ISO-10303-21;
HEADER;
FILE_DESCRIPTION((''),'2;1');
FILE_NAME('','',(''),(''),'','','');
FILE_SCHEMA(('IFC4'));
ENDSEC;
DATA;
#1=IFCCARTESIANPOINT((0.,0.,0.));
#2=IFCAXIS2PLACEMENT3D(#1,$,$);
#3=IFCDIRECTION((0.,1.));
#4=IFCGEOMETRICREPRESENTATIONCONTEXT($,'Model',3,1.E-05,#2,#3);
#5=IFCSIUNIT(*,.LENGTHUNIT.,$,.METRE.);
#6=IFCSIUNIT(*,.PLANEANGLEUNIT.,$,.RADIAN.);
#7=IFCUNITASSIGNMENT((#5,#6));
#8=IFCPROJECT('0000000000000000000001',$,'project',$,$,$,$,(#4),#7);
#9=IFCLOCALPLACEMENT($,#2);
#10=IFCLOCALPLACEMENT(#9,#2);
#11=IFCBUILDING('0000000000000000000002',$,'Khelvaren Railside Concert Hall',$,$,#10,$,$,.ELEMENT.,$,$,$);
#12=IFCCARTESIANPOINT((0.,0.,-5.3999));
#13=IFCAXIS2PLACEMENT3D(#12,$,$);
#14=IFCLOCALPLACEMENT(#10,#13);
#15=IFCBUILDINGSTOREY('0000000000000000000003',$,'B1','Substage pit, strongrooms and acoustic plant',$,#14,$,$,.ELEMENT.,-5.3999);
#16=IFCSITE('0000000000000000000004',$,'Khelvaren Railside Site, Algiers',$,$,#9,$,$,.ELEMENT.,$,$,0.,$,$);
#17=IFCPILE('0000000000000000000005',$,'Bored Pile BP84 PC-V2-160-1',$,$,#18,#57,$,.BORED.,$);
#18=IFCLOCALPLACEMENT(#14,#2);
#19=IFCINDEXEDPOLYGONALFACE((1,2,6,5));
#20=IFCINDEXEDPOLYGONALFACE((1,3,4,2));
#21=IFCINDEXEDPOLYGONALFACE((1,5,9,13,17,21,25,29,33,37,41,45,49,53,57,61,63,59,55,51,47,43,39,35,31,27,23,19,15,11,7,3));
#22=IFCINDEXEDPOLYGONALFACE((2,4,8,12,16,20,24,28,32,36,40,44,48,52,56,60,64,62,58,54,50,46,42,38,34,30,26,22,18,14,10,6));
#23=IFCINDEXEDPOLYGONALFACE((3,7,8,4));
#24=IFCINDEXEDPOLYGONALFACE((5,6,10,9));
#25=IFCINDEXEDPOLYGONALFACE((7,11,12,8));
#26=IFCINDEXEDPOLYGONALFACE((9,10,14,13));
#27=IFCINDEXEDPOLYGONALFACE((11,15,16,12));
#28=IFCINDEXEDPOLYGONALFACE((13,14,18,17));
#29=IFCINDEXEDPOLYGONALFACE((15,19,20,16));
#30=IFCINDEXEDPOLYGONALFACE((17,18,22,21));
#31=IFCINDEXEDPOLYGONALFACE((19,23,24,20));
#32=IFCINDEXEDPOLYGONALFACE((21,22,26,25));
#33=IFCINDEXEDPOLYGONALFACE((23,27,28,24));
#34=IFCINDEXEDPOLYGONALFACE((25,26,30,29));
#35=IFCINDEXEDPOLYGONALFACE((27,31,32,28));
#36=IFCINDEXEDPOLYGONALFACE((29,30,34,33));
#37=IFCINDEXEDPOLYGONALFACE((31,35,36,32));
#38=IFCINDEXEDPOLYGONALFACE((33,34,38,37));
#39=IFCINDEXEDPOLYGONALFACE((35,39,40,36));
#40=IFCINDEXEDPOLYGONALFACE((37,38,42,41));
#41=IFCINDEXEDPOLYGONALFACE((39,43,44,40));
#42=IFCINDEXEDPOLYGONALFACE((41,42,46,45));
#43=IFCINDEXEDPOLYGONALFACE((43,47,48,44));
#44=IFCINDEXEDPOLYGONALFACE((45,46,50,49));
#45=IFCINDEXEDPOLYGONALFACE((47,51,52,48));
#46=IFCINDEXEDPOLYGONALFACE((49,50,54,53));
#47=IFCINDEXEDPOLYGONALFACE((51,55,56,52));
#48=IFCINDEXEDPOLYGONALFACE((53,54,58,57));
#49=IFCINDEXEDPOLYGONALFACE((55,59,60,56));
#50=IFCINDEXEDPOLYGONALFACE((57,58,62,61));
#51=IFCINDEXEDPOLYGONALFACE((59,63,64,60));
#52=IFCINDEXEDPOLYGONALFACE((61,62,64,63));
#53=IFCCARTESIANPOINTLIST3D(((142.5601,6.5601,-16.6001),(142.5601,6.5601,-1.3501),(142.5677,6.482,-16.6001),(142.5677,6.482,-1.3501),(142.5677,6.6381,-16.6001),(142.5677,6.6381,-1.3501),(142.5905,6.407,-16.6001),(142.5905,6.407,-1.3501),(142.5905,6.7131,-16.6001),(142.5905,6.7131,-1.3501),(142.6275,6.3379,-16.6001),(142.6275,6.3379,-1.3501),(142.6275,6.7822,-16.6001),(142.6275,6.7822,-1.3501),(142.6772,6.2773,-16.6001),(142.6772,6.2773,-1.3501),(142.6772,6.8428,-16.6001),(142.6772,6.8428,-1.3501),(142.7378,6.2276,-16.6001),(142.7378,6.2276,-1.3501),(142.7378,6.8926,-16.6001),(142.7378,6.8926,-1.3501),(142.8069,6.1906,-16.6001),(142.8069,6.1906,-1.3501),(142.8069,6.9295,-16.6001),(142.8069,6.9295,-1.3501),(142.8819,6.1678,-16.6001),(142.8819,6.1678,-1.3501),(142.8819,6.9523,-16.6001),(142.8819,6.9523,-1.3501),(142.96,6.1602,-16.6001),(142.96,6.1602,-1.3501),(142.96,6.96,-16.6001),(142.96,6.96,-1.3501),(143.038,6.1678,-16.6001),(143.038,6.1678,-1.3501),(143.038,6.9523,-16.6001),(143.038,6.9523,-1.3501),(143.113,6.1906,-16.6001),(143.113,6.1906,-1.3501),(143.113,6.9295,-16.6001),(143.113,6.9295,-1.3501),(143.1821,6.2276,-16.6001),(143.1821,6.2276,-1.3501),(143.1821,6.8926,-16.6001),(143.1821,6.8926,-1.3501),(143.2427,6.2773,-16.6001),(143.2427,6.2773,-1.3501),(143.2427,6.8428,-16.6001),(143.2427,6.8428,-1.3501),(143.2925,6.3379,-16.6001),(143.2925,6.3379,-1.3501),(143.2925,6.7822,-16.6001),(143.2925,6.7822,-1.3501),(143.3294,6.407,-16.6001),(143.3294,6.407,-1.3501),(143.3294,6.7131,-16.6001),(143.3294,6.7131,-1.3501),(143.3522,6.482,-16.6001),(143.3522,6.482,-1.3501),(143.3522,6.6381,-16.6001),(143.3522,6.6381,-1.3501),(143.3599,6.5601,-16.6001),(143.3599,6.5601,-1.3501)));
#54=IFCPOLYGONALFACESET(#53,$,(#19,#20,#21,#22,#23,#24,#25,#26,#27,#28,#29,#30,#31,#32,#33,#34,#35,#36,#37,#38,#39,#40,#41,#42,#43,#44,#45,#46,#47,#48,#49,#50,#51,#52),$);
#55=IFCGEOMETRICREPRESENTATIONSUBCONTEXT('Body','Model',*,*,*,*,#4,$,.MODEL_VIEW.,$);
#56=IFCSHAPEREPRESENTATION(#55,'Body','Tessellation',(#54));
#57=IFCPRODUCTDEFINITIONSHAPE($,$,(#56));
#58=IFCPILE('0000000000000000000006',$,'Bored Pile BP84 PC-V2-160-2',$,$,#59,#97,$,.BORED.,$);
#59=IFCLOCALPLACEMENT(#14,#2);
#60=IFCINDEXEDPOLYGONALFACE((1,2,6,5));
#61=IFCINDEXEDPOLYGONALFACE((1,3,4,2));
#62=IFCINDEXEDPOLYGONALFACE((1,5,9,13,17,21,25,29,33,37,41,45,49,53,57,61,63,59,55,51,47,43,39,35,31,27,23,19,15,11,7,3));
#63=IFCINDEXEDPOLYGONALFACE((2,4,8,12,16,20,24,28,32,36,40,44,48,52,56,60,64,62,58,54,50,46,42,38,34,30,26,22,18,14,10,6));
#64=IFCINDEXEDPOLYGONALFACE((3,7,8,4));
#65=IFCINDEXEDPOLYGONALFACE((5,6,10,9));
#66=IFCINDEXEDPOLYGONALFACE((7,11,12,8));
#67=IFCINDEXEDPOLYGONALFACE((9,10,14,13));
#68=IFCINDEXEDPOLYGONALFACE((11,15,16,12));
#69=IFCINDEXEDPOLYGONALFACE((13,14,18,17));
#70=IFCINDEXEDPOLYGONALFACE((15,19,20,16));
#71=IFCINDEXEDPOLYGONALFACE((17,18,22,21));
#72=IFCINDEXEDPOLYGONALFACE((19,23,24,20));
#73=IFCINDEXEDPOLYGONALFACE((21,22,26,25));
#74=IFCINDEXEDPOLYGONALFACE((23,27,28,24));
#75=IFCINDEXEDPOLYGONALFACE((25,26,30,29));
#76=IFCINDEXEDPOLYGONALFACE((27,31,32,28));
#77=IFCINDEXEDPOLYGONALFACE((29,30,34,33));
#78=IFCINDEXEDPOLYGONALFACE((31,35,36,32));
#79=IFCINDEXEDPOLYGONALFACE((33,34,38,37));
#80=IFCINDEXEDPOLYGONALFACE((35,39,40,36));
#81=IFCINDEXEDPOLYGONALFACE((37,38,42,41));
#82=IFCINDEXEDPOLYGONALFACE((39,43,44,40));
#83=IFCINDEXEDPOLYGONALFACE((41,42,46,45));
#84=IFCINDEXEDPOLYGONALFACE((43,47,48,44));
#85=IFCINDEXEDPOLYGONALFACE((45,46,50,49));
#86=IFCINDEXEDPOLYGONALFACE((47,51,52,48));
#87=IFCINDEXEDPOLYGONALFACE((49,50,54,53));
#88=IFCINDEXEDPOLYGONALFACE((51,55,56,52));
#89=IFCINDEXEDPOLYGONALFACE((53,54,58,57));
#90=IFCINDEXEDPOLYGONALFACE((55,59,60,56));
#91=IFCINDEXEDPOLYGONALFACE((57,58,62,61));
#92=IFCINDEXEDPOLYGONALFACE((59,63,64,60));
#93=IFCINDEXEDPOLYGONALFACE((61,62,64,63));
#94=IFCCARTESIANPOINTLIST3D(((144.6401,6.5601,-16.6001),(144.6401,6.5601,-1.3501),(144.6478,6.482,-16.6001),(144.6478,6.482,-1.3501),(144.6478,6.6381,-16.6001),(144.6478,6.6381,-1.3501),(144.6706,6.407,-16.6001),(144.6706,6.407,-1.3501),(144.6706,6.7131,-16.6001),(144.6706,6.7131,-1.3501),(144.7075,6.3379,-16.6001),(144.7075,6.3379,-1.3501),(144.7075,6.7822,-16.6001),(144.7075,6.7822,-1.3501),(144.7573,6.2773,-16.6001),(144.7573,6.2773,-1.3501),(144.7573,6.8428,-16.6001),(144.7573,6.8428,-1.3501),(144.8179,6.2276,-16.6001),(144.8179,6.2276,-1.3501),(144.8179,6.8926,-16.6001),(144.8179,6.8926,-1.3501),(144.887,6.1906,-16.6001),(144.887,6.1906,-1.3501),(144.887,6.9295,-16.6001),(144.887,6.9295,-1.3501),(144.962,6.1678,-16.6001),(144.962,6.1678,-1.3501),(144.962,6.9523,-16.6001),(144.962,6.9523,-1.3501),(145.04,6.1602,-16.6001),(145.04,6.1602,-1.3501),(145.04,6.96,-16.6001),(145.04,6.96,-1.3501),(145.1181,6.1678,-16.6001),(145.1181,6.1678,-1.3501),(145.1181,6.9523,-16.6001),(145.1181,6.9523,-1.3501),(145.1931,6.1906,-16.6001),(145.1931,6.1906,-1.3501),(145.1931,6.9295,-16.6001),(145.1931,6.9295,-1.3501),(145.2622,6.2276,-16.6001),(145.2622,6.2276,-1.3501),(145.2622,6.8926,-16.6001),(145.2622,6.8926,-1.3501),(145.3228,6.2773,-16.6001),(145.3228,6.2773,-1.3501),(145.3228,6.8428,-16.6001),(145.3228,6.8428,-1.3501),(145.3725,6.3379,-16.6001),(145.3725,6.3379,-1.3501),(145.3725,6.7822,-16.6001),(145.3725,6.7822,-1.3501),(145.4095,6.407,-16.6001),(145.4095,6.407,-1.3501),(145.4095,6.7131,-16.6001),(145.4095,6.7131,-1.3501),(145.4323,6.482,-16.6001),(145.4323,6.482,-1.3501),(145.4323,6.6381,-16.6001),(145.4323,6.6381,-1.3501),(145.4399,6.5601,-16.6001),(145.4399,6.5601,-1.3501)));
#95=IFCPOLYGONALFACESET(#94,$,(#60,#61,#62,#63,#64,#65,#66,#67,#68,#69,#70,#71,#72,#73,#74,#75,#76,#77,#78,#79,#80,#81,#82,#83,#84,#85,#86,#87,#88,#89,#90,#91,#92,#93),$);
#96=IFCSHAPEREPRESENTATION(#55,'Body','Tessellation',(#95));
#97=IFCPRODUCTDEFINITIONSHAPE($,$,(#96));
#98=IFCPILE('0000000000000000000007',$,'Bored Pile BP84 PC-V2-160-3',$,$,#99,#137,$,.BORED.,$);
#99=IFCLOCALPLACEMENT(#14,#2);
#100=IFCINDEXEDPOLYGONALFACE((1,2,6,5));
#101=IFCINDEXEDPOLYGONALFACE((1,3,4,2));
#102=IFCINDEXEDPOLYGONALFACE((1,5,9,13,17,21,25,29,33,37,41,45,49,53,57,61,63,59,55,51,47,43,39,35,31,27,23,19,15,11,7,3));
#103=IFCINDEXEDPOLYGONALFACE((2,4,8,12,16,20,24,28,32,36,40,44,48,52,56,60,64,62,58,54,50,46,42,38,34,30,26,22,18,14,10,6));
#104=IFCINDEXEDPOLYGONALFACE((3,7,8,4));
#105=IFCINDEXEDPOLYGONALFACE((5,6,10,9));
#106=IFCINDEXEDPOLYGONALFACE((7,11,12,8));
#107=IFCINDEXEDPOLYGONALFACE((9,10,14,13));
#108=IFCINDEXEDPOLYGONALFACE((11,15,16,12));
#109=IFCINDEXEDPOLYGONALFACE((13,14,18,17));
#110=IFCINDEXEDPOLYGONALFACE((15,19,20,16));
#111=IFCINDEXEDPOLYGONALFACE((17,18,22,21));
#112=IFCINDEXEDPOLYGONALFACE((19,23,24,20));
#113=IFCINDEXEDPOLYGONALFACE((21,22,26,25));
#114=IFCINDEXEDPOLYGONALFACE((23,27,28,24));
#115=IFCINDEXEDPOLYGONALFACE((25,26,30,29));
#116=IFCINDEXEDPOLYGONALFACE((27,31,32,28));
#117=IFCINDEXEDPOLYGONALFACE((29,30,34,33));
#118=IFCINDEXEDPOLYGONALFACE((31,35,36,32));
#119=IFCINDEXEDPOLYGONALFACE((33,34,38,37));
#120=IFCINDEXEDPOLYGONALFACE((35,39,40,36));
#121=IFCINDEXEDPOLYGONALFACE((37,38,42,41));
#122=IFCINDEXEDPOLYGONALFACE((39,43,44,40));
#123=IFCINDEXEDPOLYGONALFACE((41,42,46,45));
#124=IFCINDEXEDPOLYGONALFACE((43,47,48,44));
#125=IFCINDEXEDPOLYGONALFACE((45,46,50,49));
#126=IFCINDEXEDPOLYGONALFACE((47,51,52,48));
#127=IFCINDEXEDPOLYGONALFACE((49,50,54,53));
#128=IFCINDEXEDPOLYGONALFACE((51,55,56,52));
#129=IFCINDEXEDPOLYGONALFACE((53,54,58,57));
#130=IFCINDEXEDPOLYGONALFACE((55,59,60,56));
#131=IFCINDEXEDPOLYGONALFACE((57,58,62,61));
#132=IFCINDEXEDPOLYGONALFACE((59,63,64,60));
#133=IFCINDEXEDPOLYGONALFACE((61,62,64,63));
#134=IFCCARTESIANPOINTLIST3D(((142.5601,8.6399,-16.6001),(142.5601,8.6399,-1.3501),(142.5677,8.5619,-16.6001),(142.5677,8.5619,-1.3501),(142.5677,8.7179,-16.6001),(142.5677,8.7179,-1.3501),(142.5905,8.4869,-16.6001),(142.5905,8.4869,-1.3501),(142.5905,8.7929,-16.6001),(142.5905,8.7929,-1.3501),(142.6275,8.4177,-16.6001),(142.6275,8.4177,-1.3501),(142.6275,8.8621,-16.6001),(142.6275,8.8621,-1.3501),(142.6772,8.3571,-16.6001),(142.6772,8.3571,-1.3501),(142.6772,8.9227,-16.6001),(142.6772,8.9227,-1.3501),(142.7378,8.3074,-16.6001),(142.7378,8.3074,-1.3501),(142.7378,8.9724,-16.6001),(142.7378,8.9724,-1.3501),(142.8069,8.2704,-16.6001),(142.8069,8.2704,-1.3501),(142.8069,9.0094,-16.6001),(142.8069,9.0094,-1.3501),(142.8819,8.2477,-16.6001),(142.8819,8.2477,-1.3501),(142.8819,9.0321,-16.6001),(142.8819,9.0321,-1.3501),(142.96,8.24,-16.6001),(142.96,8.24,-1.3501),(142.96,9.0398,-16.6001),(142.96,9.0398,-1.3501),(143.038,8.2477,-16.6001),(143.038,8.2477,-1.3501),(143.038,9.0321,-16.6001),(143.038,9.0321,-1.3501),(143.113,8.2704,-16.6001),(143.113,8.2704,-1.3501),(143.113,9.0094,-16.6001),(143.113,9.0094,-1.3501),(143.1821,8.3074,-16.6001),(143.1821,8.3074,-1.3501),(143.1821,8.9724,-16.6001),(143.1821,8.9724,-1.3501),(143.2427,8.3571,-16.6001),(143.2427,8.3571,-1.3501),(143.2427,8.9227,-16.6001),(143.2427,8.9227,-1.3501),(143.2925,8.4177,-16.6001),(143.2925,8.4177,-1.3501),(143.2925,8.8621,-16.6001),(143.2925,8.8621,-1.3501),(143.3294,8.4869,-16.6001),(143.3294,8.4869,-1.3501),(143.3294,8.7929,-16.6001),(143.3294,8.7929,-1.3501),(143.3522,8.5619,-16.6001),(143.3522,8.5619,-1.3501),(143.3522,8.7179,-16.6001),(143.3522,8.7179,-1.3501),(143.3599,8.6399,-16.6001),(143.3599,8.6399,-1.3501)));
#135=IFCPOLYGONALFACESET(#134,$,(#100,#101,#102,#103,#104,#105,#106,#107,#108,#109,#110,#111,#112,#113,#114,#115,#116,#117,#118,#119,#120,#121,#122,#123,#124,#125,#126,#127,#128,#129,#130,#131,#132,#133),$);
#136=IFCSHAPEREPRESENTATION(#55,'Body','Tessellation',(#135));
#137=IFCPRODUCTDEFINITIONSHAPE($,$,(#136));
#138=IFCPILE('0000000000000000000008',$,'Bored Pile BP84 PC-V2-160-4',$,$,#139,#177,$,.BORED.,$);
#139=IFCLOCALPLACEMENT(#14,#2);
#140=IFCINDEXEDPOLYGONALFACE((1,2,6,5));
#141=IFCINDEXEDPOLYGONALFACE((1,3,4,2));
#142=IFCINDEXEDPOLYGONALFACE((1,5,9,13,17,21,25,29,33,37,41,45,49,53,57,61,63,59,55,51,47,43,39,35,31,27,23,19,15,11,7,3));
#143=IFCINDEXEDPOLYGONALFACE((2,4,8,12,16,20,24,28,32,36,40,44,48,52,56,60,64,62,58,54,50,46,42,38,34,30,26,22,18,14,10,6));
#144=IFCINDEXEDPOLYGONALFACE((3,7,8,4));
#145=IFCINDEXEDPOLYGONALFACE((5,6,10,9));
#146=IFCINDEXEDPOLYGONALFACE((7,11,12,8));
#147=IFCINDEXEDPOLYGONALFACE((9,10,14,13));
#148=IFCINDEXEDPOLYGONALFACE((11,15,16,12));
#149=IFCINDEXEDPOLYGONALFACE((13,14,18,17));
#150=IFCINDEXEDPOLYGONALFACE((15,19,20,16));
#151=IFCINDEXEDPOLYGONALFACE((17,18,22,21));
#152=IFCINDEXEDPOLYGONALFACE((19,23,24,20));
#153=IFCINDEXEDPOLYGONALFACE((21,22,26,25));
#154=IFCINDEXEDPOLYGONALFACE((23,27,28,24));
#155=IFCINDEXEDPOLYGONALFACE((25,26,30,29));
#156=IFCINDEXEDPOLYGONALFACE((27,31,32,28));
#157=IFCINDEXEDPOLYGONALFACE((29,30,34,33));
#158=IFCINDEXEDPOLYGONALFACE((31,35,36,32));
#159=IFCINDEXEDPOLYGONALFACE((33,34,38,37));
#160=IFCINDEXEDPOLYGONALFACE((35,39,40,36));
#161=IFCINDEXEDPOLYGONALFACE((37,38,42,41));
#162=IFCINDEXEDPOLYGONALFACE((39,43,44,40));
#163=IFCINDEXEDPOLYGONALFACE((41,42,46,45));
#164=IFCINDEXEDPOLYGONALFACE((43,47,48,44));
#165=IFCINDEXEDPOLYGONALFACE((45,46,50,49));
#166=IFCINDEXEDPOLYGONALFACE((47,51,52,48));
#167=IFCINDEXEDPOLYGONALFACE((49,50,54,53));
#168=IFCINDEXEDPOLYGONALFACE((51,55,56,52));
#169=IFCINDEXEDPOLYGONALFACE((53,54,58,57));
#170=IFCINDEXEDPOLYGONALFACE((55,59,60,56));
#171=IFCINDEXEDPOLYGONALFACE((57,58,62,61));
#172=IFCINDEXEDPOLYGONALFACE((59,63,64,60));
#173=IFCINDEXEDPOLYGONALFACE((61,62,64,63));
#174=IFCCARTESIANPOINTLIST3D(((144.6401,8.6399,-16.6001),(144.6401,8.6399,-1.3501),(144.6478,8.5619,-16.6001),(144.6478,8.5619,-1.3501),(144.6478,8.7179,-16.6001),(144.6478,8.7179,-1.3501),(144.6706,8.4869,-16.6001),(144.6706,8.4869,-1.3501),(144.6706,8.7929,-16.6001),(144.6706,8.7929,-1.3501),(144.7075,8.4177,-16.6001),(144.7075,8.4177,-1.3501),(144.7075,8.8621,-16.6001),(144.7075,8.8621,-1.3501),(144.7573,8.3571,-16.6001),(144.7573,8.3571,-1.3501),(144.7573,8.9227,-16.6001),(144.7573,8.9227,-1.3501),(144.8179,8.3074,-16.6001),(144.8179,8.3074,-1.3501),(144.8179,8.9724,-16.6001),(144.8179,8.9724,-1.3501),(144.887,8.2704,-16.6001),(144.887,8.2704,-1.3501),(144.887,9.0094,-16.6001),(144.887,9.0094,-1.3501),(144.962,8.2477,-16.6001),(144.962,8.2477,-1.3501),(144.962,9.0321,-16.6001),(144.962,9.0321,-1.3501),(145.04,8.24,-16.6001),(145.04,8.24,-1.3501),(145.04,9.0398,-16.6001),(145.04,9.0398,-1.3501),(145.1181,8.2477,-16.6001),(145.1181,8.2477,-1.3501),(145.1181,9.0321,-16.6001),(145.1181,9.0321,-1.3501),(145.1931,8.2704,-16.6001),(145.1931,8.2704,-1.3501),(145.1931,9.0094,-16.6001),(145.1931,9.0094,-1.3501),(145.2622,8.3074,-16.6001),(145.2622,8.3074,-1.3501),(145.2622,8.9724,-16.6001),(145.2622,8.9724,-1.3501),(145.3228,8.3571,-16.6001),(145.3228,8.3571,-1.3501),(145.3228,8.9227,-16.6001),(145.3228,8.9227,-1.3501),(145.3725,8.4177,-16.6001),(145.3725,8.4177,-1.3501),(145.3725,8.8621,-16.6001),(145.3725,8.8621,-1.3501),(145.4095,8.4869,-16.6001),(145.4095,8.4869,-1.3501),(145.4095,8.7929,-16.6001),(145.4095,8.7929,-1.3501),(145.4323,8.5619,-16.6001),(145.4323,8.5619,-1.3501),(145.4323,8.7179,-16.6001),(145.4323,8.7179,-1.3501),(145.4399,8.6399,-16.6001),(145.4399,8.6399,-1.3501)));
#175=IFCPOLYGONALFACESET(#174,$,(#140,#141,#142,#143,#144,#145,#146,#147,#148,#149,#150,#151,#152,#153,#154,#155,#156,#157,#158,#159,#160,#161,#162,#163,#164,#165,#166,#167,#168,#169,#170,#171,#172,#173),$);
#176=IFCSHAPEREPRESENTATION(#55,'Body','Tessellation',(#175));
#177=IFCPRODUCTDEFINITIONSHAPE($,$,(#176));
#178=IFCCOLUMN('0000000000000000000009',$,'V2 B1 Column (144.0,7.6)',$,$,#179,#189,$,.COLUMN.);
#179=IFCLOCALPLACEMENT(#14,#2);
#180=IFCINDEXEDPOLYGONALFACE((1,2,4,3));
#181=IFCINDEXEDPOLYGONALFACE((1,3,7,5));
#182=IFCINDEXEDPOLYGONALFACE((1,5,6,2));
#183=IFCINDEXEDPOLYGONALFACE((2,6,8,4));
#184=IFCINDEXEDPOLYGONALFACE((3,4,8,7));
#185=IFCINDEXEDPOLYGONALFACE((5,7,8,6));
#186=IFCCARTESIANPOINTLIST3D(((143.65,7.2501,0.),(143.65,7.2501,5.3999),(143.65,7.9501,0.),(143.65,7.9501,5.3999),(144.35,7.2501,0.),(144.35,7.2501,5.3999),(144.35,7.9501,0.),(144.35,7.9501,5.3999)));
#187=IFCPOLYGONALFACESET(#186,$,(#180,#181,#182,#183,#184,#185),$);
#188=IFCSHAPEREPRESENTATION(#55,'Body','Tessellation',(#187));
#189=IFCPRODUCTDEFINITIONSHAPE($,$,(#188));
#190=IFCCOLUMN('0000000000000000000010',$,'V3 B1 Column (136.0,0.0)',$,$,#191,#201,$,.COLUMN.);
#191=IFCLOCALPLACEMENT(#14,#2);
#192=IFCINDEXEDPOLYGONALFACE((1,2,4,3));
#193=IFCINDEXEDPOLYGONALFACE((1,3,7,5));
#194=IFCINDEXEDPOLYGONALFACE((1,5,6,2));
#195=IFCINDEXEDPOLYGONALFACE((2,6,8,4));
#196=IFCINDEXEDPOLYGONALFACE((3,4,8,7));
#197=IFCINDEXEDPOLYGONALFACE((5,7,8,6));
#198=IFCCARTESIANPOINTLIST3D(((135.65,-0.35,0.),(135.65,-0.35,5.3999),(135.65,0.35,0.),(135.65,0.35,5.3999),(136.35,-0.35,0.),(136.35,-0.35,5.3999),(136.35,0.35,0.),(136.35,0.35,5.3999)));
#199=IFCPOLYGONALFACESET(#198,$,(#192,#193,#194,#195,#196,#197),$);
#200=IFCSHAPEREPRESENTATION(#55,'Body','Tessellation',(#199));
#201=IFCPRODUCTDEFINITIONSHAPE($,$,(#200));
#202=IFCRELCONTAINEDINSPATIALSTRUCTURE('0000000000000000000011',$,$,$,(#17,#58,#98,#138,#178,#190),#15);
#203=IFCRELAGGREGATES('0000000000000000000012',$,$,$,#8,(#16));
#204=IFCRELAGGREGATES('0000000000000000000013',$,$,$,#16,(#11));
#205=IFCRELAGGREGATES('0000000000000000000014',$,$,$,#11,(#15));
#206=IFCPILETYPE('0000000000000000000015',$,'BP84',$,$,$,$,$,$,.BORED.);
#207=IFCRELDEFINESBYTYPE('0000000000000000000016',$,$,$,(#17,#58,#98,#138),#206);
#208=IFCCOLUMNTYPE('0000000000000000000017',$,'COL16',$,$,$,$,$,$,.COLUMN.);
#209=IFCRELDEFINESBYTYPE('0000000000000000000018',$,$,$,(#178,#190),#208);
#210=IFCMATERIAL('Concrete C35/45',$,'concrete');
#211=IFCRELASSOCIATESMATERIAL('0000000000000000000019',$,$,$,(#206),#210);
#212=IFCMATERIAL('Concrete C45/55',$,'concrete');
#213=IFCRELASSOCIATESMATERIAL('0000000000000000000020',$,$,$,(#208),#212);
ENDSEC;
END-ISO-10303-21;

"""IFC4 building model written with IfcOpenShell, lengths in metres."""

from ifc_helpers import new_model, si_unit, direction, frame, origin, origin_2d, place, context, subcontext, project, spatial, rectangle, circle, extrude, material, material_profile, profile_set, type_object, element, save


model = new_model("IFC4")

# Units and contexts
model_context = context("Model", 3, precision=1e-05, world=origin(), true_north=direction((0.0, 1.0)))
body_context = subcontext(model_context, "Body", "Model", "MODEL_VIEW")
ifc_project = project(units=[si_unit("LENGTHUNIT", "METRE"), si_unit("PLANEANGLEUNIT", "RADIAN")], contexts=[model_context])

# Site, building, storey
site_placement = place(None, origin())
site = spatial("IfcSite", under=ifc_project, at=site_placement, Name="Khelvaren Railside Site, Algiers", CompositionType="ELEMENT", RefElevation=0.0)
building_placement = place(site_placement, origin())
building = spatial("IfcBuilding", under=site, at=building_placement, Name="Khelvaren Railside Concert Hall", CompositionType="ELEMENT")
storey_placement = place(building_placement, frame((0.0, 0.0, -5.3999)))
storey = spatial("IfcBuildingStorey", under=building, at=storey_placement, Name="B1", Description="Substage pit, strongrooms and acoustic plant", CompositionType="ELEMENT", Elevation=-5.3999)

# Piles
ifc_material_1 = material(Name="Concrete C35/45", Category="concrete")
ifc_material_profile_1 = material_profile(ifc_material_1, circle(Radius=0.3999, at=origin_2d()), Name="BP D800")
ifc_profile_set_1 = profile_set([ifc_material_profile_1], Name="Concrete C35/45")
pile_type_1 = type_object("IfcPileType", Name="BP84", PredefinedType="BORED", material=ifc_profile_set_1)
for number, where, z_axis, x_axis, name in (
    (1, (142.96, 6.5601, -1.3501), (0.0, 0.0, -1.0), (1.0, 0.0, 0.0), "Bored Pile BP84 PC-V2-160-1"),
    (2, (145.04, 6.5601, -1.3501), (0.0, 0.0, -1.0), (1.0, 0.0, 0.0), "Bored Pile BP84 PC-V2-160-2"),
    (3, (142.96, 8.6399, -1.3501), (0.0, 0.0, -1.0), (1.0, 0.0, 0.0), "Bored Pile BP84 PC-V2-160-3"),
    (4, (145.04, 8.6399, -1.3501), (0.0, 0.0, -1.0), (1.0, 0.0, 0.0), "Bored Pile BP84 PC-V2-160-4"),
):
    element("IfcPile", number, at=place(storey_placement, frame(where, z_axis=z_axis, x_axis=x_axis)), inside=storey, type_object=pile_type_1, Name=name, PredefinedType="BORED", context=body_context, shape_type="SweptSolid", body=[
        extrude(circle(Radius=0.3999, at=origin_2d()), origin(), (0.0, 0.0, 1.0), 15.25),
    ])

# Columns
ifc_material_2 = material(Name="Concrete C45/55", Category="concrete")
ifc_material_profile_2 = material_profile(ifc_material_2, rectangle(XDim=0.7, YDim=0.7, at=origin_2d()), Name="RC 700x700")
ifc_profile_set_2 = profile_set([ifc_material_profile_2], Name="Concrete C45/55")
column_type_1 = type_object("IfcColumnType", Name="COL16", PredefinedType="COLUMN", material=ifc_profile_set_2)
for number, where, z_axis, x_axis, name in (
    (5, (144.0, 7.6001, 0.0), (0.0, 0.0, 1.0), (1.0, 0.0, 0.0), "V2 B1 Column (144.0,7.6)"),
    (6, (136.0, 0.0, 0.0), (0.0, 0.0, 1.0), (1.0, 0.0, 0.0), "V3 B1 Column (136.0,0.0)"),
):
    element("IfcColumn", number, at=place(storey_placement, frame(where, z_axis=z_axis, x_axis=x_axis)), inside=storey, type_object=column_type_1, Name=name, PredefinedType="COLUMN", context=body_context, shape_type="SweptSolid", body=[
        extrude(rectangle(XDim=0.7, YDim=0.7, at=origin_2d()), origin(), (0.0, 0.0, 1.0), 5.3999),
    ])

save(model, "model.ifc")
